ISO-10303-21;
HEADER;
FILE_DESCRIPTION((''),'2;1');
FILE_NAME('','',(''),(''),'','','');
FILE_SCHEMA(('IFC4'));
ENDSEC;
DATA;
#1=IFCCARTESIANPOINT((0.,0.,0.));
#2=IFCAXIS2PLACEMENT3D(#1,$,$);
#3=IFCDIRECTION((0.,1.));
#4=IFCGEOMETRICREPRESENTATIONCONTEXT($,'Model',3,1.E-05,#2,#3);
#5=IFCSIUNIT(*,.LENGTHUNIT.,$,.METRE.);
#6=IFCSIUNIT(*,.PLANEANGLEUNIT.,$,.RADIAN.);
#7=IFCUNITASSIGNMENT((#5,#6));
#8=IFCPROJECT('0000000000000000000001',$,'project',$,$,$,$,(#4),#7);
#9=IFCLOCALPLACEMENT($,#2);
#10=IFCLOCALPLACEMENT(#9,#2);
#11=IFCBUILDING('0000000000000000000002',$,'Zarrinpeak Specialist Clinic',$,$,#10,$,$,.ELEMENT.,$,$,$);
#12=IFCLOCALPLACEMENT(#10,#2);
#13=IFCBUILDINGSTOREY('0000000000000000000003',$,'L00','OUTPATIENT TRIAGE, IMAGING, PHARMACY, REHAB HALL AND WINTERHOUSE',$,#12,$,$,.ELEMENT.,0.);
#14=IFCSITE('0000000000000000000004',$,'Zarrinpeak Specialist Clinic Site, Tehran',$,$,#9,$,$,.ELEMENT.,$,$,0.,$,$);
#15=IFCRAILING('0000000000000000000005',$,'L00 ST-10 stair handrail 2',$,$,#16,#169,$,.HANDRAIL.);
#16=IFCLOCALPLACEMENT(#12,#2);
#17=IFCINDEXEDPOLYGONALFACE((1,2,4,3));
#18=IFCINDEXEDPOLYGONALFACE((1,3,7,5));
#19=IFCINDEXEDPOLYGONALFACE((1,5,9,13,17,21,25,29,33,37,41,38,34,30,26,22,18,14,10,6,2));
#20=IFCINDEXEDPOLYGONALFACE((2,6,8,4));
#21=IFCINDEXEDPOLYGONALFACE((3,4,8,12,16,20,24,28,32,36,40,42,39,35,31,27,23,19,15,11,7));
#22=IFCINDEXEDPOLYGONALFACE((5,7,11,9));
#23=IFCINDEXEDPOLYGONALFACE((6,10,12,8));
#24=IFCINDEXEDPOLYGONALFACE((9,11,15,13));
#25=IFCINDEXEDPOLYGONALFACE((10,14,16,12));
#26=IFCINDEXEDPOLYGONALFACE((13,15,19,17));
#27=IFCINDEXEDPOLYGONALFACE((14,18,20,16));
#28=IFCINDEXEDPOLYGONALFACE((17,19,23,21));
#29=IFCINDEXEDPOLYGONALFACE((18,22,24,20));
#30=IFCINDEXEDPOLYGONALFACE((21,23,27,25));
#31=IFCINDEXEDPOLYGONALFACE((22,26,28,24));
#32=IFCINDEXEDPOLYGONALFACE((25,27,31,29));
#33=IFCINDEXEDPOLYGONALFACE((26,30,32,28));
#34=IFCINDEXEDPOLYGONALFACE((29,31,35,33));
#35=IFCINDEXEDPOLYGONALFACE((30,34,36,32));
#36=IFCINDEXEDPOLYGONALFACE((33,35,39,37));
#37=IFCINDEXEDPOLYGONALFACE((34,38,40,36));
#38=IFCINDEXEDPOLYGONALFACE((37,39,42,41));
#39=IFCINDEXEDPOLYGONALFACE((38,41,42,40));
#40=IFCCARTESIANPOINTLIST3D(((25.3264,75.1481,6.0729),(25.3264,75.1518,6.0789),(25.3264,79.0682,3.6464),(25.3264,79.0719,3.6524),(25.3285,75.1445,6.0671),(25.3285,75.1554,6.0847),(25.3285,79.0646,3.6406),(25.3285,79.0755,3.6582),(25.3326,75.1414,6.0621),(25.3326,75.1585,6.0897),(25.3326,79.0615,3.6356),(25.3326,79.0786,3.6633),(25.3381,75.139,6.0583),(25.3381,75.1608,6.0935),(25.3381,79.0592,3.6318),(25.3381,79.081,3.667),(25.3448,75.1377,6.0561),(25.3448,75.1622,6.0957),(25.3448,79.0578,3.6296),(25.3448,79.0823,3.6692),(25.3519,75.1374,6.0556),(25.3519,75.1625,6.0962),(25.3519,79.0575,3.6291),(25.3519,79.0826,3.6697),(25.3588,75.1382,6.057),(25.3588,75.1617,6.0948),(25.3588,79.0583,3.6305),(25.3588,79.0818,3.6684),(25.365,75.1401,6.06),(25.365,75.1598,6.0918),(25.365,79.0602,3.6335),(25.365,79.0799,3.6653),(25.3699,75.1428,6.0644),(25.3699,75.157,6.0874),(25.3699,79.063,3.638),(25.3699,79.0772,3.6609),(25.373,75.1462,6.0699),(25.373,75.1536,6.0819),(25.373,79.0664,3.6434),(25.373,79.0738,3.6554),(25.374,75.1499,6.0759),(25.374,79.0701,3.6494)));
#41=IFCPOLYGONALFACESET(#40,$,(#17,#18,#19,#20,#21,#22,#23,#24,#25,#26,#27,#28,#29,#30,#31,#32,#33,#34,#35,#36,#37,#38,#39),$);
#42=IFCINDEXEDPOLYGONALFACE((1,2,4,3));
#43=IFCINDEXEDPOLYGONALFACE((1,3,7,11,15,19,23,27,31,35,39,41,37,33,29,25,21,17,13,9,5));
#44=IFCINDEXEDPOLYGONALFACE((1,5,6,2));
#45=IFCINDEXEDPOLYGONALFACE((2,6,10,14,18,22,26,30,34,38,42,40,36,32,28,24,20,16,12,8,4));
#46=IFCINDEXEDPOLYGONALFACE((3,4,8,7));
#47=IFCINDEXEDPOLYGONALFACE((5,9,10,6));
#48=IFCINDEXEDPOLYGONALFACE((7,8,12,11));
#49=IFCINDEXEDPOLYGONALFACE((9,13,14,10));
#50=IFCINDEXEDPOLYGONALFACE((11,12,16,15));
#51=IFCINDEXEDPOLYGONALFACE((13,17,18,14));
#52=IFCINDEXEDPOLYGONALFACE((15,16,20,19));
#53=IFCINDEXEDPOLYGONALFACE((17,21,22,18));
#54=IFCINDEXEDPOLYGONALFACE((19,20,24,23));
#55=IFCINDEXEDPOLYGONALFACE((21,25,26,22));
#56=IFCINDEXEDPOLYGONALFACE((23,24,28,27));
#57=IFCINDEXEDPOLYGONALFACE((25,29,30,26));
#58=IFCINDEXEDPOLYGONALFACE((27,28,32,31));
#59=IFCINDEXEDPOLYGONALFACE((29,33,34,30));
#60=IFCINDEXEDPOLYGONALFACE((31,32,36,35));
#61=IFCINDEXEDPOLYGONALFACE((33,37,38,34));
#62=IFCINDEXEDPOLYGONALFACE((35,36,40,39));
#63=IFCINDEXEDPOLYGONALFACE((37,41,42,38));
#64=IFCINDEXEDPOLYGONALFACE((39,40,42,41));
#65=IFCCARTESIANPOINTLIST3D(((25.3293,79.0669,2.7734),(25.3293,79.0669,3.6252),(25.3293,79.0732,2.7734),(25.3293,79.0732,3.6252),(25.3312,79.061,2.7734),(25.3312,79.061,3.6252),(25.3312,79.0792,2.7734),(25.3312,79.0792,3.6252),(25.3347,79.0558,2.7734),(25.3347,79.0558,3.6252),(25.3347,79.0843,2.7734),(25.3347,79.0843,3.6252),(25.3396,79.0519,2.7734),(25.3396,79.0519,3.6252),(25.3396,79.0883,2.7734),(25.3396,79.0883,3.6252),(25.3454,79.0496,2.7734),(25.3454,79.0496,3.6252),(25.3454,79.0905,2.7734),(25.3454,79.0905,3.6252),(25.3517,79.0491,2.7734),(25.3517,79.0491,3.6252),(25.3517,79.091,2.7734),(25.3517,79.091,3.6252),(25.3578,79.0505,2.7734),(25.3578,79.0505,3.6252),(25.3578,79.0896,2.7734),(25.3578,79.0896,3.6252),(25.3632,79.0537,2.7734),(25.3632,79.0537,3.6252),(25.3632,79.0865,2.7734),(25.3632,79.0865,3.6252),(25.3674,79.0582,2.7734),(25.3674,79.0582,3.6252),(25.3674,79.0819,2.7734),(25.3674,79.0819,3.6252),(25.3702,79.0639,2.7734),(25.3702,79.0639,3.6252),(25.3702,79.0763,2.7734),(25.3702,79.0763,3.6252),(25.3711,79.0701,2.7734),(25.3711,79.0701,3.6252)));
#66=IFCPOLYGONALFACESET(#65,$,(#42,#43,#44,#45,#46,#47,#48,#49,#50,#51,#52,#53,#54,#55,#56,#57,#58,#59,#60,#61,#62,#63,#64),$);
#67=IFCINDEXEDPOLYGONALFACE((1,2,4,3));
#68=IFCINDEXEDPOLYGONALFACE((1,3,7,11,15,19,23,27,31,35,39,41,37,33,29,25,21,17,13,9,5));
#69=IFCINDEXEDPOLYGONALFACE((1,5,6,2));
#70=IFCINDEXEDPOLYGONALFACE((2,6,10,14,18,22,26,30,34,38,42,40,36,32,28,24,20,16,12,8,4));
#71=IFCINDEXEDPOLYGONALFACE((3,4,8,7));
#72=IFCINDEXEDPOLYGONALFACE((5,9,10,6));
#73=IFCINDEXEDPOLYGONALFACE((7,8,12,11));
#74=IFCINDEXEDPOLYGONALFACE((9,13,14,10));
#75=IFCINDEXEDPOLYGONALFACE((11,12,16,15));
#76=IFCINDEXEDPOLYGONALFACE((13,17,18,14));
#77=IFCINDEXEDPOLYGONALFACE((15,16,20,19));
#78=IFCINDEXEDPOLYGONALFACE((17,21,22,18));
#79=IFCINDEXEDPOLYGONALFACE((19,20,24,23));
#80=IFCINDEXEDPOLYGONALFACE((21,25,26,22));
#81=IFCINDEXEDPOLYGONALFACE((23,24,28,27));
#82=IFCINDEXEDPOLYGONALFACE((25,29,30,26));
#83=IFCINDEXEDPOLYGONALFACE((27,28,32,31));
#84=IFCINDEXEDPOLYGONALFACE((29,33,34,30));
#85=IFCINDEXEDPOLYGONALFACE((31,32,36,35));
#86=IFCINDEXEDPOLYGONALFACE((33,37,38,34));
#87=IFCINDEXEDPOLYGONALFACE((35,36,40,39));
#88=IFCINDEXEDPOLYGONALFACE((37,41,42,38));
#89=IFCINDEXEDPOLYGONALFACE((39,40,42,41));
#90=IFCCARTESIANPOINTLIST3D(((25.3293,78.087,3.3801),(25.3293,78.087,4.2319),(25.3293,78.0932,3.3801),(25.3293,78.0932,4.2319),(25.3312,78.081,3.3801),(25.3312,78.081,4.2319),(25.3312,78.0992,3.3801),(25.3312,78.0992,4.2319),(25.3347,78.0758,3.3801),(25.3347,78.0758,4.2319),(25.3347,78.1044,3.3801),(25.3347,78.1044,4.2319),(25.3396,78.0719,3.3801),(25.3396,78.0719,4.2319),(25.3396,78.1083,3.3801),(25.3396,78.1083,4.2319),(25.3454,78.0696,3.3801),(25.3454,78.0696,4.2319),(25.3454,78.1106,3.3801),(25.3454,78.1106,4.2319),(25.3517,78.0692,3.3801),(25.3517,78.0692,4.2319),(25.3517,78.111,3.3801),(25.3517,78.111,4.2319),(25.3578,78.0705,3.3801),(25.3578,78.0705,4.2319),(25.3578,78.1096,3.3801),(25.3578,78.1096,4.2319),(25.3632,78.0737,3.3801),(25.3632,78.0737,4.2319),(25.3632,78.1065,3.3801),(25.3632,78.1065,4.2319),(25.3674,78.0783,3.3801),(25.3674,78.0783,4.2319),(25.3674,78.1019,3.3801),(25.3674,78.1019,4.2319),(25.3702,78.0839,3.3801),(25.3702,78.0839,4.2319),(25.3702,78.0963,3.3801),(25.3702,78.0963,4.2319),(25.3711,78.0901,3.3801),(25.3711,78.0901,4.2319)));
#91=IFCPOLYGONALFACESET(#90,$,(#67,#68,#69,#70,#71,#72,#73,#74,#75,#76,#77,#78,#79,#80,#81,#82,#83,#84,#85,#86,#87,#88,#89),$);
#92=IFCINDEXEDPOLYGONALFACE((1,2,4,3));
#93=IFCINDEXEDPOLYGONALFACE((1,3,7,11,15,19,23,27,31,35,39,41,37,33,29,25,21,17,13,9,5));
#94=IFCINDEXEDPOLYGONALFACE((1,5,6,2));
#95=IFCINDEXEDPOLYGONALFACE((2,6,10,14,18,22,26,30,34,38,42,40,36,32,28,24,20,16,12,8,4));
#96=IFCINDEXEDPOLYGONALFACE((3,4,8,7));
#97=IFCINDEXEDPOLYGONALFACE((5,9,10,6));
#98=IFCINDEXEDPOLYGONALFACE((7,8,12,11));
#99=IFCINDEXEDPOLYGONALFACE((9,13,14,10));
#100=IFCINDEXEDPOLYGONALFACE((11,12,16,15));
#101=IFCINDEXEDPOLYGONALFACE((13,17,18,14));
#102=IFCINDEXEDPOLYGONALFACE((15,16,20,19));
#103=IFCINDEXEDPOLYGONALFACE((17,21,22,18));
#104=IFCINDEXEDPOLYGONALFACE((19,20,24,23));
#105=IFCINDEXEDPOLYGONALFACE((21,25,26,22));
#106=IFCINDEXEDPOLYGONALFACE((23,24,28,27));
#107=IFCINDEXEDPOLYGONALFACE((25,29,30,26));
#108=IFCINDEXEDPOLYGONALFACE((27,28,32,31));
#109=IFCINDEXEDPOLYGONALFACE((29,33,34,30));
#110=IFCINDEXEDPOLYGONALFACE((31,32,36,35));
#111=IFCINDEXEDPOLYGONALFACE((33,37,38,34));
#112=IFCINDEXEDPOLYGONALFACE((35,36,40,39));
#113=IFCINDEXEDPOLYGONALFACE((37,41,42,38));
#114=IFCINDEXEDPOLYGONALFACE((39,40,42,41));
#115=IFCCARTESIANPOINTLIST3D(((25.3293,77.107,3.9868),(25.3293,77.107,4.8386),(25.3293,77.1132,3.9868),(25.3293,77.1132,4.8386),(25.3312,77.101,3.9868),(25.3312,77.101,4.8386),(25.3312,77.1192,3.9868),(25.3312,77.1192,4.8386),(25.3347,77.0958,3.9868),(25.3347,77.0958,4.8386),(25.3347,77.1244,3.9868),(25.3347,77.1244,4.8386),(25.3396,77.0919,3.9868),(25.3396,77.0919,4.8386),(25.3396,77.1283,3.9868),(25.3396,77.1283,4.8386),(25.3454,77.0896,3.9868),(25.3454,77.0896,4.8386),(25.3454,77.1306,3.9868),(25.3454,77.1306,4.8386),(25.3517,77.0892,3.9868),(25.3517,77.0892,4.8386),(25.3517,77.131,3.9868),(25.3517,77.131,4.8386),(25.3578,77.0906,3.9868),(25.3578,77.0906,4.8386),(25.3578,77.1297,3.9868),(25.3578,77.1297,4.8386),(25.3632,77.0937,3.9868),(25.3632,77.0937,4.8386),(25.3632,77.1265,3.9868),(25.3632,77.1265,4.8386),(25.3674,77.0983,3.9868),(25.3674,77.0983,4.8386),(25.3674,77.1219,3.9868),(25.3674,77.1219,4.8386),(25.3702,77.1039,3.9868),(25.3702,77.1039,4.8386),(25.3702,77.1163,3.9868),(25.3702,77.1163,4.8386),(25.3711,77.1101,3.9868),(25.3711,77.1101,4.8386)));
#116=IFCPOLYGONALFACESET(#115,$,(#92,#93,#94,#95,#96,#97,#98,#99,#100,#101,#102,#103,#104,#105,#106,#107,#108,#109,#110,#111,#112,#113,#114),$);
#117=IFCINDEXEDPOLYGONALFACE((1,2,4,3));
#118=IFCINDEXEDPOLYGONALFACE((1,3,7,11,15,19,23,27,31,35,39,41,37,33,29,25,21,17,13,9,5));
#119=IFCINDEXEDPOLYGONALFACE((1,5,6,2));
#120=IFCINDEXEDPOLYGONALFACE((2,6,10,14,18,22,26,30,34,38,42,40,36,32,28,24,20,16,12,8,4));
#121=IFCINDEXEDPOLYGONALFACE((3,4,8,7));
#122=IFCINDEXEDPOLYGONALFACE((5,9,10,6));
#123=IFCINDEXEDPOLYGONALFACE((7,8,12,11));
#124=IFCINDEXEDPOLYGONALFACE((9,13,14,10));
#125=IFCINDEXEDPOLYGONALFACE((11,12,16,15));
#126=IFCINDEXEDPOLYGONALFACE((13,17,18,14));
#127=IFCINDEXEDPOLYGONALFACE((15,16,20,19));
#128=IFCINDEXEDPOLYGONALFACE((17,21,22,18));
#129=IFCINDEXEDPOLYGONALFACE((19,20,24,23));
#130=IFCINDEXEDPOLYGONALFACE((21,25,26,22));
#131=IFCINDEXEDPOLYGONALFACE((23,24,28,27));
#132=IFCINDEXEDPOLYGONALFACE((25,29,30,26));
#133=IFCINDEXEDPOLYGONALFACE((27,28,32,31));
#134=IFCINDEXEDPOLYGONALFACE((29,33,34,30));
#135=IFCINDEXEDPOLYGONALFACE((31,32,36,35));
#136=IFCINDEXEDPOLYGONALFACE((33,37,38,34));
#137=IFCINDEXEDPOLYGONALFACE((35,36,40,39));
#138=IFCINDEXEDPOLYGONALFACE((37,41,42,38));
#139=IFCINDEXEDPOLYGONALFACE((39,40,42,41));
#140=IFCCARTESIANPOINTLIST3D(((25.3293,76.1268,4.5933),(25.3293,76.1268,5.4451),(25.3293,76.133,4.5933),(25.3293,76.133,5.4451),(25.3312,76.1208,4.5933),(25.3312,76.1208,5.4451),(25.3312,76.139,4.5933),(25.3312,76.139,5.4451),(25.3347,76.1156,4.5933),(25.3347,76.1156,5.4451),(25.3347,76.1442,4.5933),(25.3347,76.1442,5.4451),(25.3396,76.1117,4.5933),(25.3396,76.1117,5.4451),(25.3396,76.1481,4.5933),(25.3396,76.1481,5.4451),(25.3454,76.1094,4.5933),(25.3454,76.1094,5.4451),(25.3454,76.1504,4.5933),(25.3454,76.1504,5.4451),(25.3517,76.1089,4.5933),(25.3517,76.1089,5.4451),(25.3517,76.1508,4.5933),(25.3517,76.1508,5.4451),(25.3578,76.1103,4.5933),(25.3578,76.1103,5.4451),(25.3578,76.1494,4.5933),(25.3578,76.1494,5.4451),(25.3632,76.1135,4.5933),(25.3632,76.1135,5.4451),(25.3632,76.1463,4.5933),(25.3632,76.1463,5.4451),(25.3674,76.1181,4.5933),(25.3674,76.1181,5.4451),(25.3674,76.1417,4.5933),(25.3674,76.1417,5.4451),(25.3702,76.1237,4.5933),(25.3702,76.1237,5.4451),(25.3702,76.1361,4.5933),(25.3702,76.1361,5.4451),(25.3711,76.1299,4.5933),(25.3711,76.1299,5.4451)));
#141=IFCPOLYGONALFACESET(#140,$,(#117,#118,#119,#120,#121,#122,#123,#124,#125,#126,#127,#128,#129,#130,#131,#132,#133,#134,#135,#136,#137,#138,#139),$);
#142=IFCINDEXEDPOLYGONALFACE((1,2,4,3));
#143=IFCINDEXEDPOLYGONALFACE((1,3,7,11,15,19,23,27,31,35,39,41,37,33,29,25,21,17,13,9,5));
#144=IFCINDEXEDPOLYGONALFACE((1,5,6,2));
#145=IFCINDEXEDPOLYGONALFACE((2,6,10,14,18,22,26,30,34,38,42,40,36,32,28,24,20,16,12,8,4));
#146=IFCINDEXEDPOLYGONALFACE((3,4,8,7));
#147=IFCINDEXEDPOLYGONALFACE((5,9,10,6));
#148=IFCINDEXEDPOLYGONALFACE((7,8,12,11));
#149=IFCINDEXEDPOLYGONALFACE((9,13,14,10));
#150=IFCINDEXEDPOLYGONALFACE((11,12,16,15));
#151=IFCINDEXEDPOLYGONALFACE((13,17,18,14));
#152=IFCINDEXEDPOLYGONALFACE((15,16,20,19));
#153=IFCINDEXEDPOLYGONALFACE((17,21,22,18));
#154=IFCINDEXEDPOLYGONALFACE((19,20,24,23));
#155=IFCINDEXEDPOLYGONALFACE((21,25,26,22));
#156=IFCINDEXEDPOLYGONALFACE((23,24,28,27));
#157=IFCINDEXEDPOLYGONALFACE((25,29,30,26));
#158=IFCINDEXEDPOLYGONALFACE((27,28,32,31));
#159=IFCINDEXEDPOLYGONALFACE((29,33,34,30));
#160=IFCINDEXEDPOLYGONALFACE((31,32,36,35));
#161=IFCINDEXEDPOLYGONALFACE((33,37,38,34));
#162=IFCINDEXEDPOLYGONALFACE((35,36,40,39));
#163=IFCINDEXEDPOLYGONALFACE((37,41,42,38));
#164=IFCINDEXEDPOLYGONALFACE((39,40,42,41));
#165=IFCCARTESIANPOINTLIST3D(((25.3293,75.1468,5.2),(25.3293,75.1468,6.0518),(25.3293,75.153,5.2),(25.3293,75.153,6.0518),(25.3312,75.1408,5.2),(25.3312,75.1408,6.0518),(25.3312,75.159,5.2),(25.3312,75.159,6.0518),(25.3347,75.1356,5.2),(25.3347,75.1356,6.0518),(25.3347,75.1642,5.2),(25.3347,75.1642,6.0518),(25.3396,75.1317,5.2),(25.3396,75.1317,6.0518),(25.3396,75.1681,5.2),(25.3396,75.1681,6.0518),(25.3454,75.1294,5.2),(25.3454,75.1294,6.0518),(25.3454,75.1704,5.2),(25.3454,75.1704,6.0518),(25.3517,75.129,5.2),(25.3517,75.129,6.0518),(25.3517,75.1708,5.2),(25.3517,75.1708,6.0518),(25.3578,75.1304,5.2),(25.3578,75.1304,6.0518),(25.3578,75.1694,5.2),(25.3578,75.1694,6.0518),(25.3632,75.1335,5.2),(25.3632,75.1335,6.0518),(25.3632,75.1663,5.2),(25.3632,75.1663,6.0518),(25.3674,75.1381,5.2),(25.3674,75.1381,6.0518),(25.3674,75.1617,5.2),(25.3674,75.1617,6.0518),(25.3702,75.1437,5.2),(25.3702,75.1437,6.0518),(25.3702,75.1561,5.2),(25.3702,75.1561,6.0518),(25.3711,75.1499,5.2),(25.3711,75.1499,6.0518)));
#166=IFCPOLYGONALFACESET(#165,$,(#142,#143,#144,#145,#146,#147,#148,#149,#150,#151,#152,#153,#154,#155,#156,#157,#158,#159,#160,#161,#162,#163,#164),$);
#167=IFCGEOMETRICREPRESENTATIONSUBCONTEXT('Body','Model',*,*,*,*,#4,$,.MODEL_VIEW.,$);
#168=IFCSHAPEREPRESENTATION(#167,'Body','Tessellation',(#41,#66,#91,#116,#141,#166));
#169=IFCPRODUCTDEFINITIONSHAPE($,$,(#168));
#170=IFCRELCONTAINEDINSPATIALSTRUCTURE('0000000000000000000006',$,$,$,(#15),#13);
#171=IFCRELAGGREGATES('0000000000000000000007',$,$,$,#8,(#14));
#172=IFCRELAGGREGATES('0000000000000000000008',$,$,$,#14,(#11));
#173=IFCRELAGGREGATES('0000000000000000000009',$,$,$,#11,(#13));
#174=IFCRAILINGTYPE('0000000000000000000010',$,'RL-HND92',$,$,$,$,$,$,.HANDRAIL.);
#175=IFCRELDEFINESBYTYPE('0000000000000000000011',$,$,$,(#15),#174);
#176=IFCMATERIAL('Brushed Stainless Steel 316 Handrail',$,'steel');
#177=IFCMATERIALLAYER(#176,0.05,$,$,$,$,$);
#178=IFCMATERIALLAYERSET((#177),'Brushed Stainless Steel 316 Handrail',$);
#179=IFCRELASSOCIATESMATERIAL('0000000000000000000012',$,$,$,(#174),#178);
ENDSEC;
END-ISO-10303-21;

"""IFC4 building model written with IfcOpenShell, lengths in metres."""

from ifc_helpers import new_model, si_unit, direction, frame, origin, origin_2d, place, context, subcontext, project, spatial, circle, extrude, material, layer, layer_set, type_object, element, save


model = new_model("IFC4")

# Units and contexts
model_context = context("Model", 3, precision=1e-05, world=origin(), true_north=direction((0.0, 1.0)))
body_context = subcontext(model_context, "Body", "Model", "MODEL_VIEW")
ifc_project = project(units=[si_unit("LENGTHUNIT", "METRE"), si_unit("PLANEANGLEUNIT", "RADIAN")], contexts=[model_context])

# Site, building, storey
site_placement = place(None, origin())
site = spatial("IfcSite", under=ifc_project, at=site_placement, Name="Zarrinpeak Specialist Clinic Site, Tehran", CompositionType="ELEMENT", RefElevation=0.0)
building_placement = place(site_placement, origin())
building = spatial("IfcBuilding", under=site, at=building_placement, Name="Zarrinpeak Specialist Clinic", CompositionType="ELEMENT")
storey_placement = place(building_placement, origin())
storey = spatial("IfcBuildingStorey", under=building, at=storey_placement, Name="L00", Description="OUTPATIENT TRIAGE, IMAGING, PHARMACY, REHAB HALL AND WINTERHOUSE", CompositionType="ELEMENT", Elevation=0.0)

# Railing
ifc_material_1 = material(Name="Brushed Stainless Steel 316 Handrail", Category="steel")
ifc_layer_1 = layer(ifc_material_1, 0.05)
ifc_layer_set_1 = layer_set([ifc_layer_1], Name="Brushed Stainless Steel 316 Handrail")
railing_type_1 = type_object("IfcRailingType", Name="RL-HND92", PredefinedType="HANDRAIL", material=ifc_layer_set_1)
railing_1_placement = place(storey_placement, frame((25.3501, 79.0701, 2.7734)))
element("IfcRailing", 1, at=railing_1_placement, inside=storey, type_object=railing_type_1, Name="L00 ST-10 stair handrail 2", PredefinedType="HANDRAIL", context=body_context, shape_type="SweptSolid", body=[
    extrude(circle(Radius=0.0239, at=origin_2d()), frame((0.0, 0.0, 0.876), z_axis=(0.0, -0.85029, 0.526315), x_axis=(1.0, 0.0, 0.0)), (0.0, 0.0, 1.0), 4.6104),
    extrude(circle(Radius=0.021, at=origin_2d()), origin(), (0.0, 0.0, 1.0), 0.8518),
    extrude(circle(Radius=0.021, at=origin_2d()), frame((0.0, -0.98, 0.6067)), (0.0, 0.0, 1.0), 0.8518),
    extrude(circle(Radius=0.021, at=origin_2d()), frame((0.0, -1.96, 1.2134)), (0.0, 0.0, 1.0), 0.8518),
    extrude(circle(Radius=0.021, at=origin_2d()), frame((0.0, -2.9402, 1.8198)), (0.0, 0.0, 1.0), 0.8518),
    extrude(circle(Radius=0.021, at=origin_2d()), frame((0.0, -3.9202, 2.4265)), (0.0, 0.0, 1.0), 0.8518),
])

save(model, "model.ifc")
